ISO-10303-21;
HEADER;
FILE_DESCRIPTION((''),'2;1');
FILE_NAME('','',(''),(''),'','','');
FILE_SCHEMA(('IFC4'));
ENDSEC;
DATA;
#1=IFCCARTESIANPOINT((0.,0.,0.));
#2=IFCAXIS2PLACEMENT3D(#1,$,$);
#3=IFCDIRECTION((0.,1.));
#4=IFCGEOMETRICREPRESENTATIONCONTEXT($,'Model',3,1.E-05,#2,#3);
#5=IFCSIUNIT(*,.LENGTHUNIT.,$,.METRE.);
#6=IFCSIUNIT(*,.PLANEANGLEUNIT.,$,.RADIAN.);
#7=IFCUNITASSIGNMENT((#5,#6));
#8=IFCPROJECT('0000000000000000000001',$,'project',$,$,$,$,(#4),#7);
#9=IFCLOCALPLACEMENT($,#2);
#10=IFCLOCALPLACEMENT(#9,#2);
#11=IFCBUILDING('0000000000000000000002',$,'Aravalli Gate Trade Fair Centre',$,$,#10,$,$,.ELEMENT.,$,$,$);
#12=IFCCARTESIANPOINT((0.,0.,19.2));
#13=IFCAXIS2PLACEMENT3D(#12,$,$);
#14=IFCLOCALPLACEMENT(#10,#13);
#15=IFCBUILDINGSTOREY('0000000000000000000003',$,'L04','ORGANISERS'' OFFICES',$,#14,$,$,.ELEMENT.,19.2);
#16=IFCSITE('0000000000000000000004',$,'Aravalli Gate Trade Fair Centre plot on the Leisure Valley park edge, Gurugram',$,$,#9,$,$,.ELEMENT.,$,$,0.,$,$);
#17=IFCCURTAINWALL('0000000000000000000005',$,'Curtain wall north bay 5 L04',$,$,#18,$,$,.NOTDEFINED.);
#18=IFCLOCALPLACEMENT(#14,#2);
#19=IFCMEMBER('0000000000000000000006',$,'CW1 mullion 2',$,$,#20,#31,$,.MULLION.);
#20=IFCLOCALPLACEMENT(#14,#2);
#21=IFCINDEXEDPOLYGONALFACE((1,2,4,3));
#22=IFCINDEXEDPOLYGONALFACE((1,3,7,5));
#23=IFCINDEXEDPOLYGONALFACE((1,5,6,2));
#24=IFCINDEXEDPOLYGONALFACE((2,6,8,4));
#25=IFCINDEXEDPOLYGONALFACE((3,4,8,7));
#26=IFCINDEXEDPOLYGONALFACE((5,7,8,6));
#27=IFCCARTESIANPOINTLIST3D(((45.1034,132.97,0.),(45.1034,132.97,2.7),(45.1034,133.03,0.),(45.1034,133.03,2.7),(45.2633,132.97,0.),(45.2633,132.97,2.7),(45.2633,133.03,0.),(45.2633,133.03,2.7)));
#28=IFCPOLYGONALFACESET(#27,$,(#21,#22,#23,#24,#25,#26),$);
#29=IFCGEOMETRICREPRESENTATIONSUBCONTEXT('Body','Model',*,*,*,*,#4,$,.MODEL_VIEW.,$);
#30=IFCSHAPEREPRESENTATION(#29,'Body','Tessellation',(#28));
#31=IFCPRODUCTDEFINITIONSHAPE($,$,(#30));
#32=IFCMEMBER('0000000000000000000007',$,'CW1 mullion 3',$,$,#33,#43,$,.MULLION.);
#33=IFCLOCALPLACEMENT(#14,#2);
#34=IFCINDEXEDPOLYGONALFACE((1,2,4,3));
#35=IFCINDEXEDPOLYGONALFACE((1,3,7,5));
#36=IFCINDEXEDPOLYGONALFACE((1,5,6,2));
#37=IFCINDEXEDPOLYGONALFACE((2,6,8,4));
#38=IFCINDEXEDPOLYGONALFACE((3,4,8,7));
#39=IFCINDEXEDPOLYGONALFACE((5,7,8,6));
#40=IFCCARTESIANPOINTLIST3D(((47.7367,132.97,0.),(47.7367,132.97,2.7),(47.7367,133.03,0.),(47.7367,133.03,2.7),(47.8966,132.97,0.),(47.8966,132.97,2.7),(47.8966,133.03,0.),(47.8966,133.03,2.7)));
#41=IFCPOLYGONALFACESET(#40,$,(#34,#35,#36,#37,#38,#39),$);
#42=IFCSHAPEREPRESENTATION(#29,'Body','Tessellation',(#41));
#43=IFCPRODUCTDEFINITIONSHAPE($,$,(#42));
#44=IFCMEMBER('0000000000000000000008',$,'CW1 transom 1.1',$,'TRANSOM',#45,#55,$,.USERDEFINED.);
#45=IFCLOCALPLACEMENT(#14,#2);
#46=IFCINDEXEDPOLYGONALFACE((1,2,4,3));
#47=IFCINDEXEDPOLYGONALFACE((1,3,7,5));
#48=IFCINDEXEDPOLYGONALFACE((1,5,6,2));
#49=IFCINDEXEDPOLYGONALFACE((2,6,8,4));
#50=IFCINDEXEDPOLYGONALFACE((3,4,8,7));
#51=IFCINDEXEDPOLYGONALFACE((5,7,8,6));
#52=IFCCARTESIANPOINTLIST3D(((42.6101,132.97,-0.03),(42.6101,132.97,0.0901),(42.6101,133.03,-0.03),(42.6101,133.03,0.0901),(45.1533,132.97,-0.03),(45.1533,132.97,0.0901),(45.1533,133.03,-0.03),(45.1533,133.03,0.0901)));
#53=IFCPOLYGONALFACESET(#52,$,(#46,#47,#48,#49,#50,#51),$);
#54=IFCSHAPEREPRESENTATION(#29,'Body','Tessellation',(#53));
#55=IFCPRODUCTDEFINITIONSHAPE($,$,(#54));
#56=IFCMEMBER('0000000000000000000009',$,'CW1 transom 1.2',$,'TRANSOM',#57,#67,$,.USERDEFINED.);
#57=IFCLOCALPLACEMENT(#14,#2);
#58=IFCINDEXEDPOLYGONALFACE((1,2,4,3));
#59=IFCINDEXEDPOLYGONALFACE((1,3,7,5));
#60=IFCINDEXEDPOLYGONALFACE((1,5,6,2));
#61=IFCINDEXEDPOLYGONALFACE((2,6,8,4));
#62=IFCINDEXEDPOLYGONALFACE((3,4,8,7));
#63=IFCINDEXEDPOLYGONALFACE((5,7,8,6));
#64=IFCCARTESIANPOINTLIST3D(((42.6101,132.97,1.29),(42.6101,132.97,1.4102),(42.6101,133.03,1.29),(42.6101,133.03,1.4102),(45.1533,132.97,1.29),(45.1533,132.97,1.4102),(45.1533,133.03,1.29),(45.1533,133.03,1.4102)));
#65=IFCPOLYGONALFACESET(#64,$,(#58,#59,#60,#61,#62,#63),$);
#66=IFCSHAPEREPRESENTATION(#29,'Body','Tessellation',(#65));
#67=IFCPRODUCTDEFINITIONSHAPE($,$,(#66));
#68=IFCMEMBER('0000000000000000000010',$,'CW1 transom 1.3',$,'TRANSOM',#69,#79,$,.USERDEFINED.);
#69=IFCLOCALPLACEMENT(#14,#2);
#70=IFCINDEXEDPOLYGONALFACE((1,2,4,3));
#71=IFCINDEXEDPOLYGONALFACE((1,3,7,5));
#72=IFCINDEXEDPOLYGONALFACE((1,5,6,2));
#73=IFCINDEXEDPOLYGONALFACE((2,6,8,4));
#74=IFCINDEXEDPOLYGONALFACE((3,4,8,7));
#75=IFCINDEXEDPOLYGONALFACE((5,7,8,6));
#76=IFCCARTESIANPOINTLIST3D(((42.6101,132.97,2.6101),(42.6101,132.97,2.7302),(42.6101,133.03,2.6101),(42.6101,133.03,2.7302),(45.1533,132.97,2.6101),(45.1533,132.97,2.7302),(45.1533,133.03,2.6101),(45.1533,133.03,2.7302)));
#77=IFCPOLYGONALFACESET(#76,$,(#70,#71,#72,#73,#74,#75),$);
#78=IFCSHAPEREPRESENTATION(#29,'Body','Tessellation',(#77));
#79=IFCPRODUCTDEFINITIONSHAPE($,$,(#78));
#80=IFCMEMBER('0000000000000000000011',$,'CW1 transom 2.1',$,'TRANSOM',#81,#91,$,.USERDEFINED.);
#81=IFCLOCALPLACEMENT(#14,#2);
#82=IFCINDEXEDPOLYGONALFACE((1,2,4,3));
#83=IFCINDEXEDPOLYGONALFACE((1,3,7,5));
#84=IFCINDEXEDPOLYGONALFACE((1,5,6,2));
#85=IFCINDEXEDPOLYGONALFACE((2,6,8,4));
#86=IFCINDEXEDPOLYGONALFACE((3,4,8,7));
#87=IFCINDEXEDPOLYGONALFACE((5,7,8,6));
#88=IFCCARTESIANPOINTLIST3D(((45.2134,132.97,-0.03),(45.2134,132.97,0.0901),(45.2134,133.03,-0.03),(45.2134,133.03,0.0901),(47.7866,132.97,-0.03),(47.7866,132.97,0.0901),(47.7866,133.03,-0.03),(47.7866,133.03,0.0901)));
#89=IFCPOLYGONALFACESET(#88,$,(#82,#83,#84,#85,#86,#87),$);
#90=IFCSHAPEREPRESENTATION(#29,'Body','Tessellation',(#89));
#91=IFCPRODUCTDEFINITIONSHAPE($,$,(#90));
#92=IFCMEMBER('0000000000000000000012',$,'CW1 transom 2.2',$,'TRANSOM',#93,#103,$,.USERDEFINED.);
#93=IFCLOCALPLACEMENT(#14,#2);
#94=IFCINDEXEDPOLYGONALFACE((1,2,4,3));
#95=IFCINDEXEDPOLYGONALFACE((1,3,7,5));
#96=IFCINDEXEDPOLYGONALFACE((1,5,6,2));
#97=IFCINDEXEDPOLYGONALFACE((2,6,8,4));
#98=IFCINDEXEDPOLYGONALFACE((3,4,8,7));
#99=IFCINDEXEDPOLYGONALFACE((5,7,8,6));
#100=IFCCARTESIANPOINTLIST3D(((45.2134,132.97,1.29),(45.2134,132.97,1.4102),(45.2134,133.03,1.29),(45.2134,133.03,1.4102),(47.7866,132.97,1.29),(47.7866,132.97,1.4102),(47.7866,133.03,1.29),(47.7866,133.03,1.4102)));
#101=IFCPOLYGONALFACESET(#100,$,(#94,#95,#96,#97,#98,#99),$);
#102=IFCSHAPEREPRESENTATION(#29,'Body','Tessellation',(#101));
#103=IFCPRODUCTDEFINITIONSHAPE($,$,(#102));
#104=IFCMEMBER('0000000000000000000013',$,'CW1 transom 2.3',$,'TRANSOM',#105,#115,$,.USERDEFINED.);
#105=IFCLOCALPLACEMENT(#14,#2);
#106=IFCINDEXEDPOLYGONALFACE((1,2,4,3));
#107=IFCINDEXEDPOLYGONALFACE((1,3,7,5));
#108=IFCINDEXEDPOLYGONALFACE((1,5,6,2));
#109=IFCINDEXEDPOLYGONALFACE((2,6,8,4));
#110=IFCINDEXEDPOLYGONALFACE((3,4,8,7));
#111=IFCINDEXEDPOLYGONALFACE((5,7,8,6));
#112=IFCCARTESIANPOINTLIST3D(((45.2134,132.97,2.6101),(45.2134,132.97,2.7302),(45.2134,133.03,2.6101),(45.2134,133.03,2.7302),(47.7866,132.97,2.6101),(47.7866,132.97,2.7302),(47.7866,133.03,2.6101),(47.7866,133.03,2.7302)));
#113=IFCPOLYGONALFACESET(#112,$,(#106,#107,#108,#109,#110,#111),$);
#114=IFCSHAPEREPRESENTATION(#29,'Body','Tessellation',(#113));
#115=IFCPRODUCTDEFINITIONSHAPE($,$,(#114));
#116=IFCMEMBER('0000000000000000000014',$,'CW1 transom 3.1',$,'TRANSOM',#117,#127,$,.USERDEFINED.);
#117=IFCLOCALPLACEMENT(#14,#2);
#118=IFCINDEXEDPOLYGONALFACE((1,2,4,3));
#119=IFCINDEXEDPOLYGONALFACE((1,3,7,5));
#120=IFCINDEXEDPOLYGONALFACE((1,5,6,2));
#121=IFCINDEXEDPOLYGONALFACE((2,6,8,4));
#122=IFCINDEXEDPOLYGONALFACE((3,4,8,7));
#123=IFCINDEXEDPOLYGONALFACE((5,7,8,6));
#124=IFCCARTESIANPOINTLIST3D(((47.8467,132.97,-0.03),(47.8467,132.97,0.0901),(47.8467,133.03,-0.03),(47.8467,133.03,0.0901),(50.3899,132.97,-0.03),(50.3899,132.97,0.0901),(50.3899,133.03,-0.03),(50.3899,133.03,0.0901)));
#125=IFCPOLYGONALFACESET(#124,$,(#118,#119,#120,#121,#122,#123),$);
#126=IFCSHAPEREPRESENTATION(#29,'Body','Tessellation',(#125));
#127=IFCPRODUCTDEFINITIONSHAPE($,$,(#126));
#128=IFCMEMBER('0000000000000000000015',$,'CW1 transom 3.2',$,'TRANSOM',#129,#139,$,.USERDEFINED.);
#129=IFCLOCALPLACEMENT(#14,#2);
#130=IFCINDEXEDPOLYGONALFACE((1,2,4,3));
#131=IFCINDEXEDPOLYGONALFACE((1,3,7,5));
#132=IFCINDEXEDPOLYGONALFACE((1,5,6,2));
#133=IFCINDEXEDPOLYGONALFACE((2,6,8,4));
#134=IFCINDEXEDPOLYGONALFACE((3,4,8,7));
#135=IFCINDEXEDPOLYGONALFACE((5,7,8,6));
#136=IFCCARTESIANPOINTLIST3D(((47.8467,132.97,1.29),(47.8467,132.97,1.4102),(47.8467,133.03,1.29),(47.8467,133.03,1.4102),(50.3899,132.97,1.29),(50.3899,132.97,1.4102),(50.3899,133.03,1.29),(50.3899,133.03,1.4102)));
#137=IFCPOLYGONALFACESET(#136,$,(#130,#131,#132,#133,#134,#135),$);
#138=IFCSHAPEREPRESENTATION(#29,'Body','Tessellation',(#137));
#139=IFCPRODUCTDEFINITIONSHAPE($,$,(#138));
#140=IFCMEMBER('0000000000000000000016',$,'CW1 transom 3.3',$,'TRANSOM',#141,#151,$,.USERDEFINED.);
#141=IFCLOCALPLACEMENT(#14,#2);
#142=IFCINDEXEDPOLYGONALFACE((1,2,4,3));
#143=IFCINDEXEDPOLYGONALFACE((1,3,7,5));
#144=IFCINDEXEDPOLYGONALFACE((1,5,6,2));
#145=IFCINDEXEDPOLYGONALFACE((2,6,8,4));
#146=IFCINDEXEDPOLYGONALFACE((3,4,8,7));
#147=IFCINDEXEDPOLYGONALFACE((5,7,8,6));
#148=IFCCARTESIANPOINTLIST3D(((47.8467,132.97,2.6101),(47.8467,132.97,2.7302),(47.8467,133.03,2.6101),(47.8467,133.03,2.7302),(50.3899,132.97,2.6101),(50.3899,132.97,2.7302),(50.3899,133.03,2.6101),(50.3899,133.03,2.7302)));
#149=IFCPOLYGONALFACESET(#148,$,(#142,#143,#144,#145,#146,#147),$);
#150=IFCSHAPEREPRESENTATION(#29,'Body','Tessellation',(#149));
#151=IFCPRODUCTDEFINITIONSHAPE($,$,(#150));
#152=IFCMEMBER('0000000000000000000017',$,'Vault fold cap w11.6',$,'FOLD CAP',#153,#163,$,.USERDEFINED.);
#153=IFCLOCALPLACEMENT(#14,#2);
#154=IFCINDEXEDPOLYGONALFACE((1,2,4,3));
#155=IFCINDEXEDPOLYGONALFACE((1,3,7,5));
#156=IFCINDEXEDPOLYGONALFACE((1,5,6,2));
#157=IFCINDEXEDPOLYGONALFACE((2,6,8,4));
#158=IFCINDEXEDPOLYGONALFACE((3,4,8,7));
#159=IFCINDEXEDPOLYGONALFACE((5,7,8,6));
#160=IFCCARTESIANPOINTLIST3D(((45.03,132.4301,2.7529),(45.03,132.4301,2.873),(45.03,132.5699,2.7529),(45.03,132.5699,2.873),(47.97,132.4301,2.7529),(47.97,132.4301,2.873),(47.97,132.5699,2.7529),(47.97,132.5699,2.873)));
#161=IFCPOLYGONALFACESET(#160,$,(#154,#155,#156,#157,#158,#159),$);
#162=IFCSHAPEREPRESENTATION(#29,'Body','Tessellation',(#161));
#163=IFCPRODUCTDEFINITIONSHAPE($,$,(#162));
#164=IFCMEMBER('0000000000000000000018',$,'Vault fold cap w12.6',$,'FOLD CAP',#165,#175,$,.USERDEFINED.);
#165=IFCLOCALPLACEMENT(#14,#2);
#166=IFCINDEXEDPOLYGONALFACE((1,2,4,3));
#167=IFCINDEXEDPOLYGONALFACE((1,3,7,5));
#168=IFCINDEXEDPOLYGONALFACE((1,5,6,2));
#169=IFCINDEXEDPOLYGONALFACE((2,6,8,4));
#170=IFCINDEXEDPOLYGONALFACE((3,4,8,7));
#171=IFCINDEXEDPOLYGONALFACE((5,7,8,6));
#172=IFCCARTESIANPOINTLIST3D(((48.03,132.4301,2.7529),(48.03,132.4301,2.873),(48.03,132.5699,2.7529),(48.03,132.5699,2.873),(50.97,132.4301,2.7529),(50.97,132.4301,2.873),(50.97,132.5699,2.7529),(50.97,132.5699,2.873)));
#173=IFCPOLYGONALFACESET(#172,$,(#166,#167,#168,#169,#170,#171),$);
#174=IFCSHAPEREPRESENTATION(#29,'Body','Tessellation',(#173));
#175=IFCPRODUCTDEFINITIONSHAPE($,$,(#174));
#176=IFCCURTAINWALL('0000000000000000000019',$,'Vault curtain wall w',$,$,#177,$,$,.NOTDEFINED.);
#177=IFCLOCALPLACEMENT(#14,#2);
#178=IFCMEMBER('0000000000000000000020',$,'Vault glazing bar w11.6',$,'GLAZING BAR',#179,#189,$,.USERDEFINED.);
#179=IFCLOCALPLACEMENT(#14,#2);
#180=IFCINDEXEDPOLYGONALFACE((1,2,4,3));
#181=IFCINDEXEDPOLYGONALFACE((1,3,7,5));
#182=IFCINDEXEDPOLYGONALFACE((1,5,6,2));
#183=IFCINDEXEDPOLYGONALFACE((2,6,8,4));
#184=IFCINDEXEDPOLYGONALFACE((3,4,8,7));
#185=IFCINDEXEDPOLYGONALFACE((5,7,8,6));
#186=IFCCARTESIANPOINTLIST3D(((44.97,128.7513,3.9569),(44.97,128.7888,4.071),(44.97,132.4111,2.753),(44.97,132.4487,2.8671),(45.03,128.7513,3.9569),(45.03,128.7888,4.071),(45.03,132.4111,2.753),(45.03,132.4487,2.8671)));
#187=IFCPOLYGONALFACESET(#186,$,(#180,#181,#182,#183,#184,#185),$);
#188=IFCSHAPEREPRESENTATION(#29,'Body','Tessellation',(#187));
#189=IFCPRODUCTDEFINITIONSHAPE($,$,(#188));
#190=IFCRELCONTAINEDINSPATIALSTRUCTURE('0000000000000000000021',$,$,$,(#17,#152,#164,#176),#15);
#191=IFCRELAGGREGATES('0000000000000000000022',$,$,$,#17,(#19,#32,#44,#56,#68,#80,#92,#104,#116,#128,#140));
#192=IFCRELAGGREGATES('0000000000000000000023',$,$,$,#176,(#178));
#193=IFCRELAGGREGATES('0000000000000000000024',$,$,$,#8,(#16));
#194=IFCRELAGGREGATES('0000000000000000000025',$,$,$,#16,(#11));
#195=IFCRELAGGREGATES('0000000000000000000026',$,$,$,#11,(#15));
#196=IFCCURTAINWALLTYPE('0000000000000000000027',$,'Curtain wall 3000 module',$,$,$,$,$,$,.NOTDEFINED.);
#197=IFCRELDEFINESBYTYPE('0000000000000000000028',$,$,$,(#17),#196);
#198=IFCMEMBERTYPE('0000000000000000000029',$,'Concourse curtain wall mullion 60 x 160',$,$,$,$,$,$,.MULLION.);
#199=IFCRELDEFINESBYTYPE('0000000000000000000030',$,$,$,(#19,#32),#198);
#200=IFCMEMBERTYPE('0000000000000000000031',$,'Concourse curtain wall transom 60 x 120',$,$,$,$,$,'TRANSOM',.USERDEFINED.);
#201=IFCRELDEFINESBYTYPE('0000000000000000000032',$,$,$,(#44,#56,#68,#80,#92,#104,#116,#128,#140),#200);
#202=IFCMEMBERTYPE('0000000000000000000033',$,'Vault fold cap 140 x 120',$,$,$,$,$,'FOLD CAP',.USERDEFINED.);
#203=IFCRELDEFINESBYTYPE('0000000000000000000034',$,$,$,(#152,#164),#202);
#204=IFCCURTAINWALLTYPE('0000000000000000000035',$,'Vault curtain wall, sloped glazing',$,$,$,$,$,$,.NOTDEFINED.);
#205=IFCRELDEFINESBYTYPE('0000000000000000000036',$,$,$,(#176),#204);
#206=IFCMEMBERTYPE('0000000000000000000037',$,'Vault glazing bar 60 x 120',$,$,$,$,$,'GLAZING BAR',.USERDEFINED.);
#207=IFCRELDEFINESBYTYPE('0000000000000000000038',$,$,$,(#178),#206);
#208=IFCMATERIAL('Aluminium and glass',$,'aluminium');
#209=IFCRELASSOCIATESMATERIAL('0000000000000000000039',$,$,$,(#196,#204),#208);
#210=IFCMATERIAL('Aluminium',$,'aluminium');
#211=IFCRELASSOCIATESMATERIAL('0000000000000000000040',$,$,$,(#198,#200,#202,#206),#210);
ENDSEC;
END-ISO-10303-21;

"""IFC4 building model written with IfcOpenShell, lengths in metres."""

from ifc_helpers import new_model, si_unit, direction, frame, origin, origin_2d, place, context, subcontext, project, spatial, rectangle, extrude, material, material_profile, profile_set, type_object, element, aggregate, save


model = new_model("IFC4")

# Units and contexts
model_context = context("Model", 3, precision=1e-05, world=origin(), true_north=direction((0.0, 1.0)))
body_context = subcontext(model_context, "Body", "Model", "MODEL_VIEW")
ifc_project = project(units=[si_unit("LENGTHUNIT", "METRE"), si_unit("PLANEANGLEUNIT", "RADIAN")], contexts=[model_context])

# Site, building, storey
site_placement = place(None, origin())
site = spatial("IfcSite", under=ifc_project, at=site_placement, Name="Aravalli Gate Trade Fair Centre plot on the Leisure Valley park edge, Gurugram", CompositionType="ELEMENT", RefElevation=0.0)
building_placement = place(site_placement, origin())
building = spatial("IfcBuilding", under=site, at=building_placement, Name="Aravalli Gate Trade Fair Centre", CompositionType="ELEMENT")
storey_placement = place(building_placement, frame((0.0, 0.0, 19.2)))
storey = spatial("IfcBuildingStorey", under=building, at=storey_placement, Name="L04", Description="ORGANISERS' OFFICES", CompositionType="ELEMENT", Elevation=19.2)

# Curtain wall, members
ifc_material_1 = material(Name="Aluminium and glass", Category="aluminium")
curtain_wall_type_1 = type_object("IfcCurtainWallType", Name="Curtain wall 3000 module", PredefinedType="NOTDEFINED", material=ifc_material_1)
curtain_wall_1_placement = place(storey_placement, origin())
curtain_wall_1 = element("IfcCurtainWall", 1, at=curtain_wall_1_placement, inside=storey, type_object=curtain_wall_type_1, Name="Curtain wall north bay 5 L04", PredefinedType="NOTDEFINED")
ifc_material_2 = material(Name="Aluminium", Category="aluminium")
ifc_material_profile_1 = material_profile(ifc_material_2, rectangle(XDim=0.0601, YDim=0.1599, at=origin_2d()), Name="Concourse curtain wall mullion 60 x 160")
ifc_profile_set_1 = profile_set([ifc_material_profile_1], Name="Aluminium")
member_type_1 = type_object("IfcMemberType", Name="Concourse curtain wall mullion 60 x 160", PredefinedType="MULLION", material=ifc_profile_set_1)
member_1_placement = place(storey_placement, frame((45.1833, 133.0, 0.0), z_axis=(0.0, 0.0, 1.0), x_axis=(0.0, 1.0, 0.0)))
member_1 = element("IfcMember", 2, at=member_1_placement, type_object=member_type_1, Name="CW1 mullion 2", PredefinedType="MULLION", context=body_context, shape_type="SweptSolid", body=[
    extrude(rectangle(XDim=0.0601, YDim=0.1599, at=origin_2d()), origin(), (0.0, 0.0, 1.0), 2.7),
])
member_2_placement = place(storey_placement, frame((47.8167, 133.0, 0.0), z_axis=(0.0, 0.0, 1.0), x_axis=(0.0, 1.0, 0.0)))
member_2 = element("IfcMember", 3, at=member_2_placement, type_object=member_type_1, Name="CW1 mullion 3", PredefinedType="MULLION", context=body_context, shape_type="SweptSolid", body=[
    extrude(rectangle(XDim=0.0601, YDim=0.1599, at=origin_2d()), origin(), (0.0, 0.0, 1.0), 2.7),
])
ifc_material_profile_2 = material_profile(ifc_material_2, rectangle(XDim=0.0601, YDim=0.1201, at=origin_2d()), Name="Concourse curtain wall transom 60 x 120")
ifc_profile_set_2 = profile_set([ifc_material_profile_2], Name="Aluminium")
member_type_2 = type_object("IfcMemberType", Name="Concourse curtain wall transom 60 x 120", ElementType="TRANSOM", PredefinedType="USERDEFINED", material=ifc_profile_set_2)
member_3_placement = place(storey_placement, frame((42.6101, 133.0, 0.03), z_axis=(1.0, 0.0, 0.0), x_axis=(0.0, 1.0, 0.0)))
member_3 = element("IfcMember", 4, at=member_3_placement, type_object=member_type_2, Name="CW1 transom 1.1", ObjectType="TRANSOM", PredefinedType="USERDEFINED", context=body_context, shape_type="SweptSolid", body=[
    extrude(rectangle(XDim=0.0601, YDim=0.1201, at=origin_2d()), origin(), (0.0, 0.0, 1.0), 2.5432),
])
member_4_placement = place(storey_placement, frame((42.6101, 133.0, 1.3501), z_axis=(1.0, 0.0, 0.0), x_axis=(0.0, 1.0, 0.0)))
member_4 = element("IfcMember", 5, at=member_4_placement, type_object=member_type_2, Name="CW1 transom 1.2", ObjectType="TRANSOM", PredefinedType="USERDEFINED", context=body_context, shape_type="SweptSolid", body=[
    extrude(rectangle(XDim=0.0601, YDim=0.1201, at=origin_2d()), origin(), (0.0, 0.0, 1.0), 2.5432),
])
member_5_placement = place(storey_placement, frame((42.6101, 133.0, 2.6702), z_axis=(1.0, 0.0, 0.0), x_axis=(0.0, 1.0, 0.0)))
member_5 = element("IfcMember", 6, at=member_5_placement, type_object=member_type_2, Name="CW1 transom 1.3", ObjectType="TRANSOM", PredefinedType="USERDEFINED", context=body_context, shape_type="SweptSolid", body=[
    extrude(rectangle(XDim=0.0601, YDim=0.1201, at=origin_2d()), origin(), (0.0, 0.0, 1.0), 2.5432),
])
member_6_placement = place(storey_placement, frame((45.2134, 133.0, 0.03), z_axis=(1.0, 0.0, 0.0), x_axis=(0.0, 1.0, 0.0)))
member_6 = element("IfcMember", 7, at=member_6_placement, type_object=member_type_2, Name="CW1 transom 2.1", ObjectType="TRANSOM", PredefinedType="USERDEFINED", context=body_context, shape_type="SweptSolid", body=[
    extrude(rectangle(XDim=0.0601, YDim=0.1201, at=origin_2d()), origin(), (0.0, 0.0, 1.0), 2.5732),
])
member_7_placement = place(storey_placement, frame((45.2134, 133.0, 1.3501), z_axis=(1.0, 0.0, 0.0), x_axis=(0.0, 1.0, 0.0)))
member_7 = element("IfcMember", 8, at=member_7_placement, type_object=member_type_2, Name="CW1 transom 2.2", ObjectType="TRANSOM", PredefinedType="USERDEFINED", context=body_context, shape_type="SweptSolid", body=[
    extrude(rectangle(XDim=0.0601, YDim=0.1201, at=origin_2d()), origin(), (0.0, 0.0, 1.0), 2.5732),
])
member_8_placement = place(storey_placement, frame((45.2134, 133.0, 2.6702), z_axis=(1.0, 0.0, 0.0), x_axis=(0.0, 1.0, 0.0)))
member_8 = element("IfcMember", 9, at=member_8_placement, type_object=member_type_2, Name="CW1 transom 2.3", ObjectType="TRANSOM", PredefinedType="USERDEFINED", context=body_context, shape_type="SweptSolid", body=[
    extrude(rectangle(XDim=0.0601, YDim=0.1201, at=origin_2d()), origin(), (0.0, 0.0, 1.0), 2.5732),
])
member_9_placement = place(storey_placement, frame((47.8467, 133.0, 0.03), z_axis=(1.0, 0.0, 0.0), x_axis=(0.0, 1.0, 0.0)))
member_9 = element("IfcMember", 10, at=member_9_placement, type_object=member_type_2, Name="CW1 transom 3.1", ObjectType="TRANSOM", PredefinedType="USERDEFINED", context=body_context, shape_type="SweptSolid", body=[
    extrude(rectangle(XDim=0.0601, YDim=0.1201, at=origin_2d()), origin(), (0.0, 0.0, 1.0), 2.5432),
])
member_10_placement = place(storey_placement, frame((47.8467, 133.0, 1.3501), z_axis=(1.0, 0.0, 0.0), x_axis=(0.0, 1.0, 0.0)))
member_10 = element("IfcMember", 11, at=member_10_placement, type_object=member_type_2, Name="CW1 transom 3.2", ObjectType="TRANSOM", PredefinedType="USERDEFINED", context=body_context, shape_type="SweptSolid", body=[
    extrude(rectangle(XDim=0.0601, YDim=0.1201, at=origin_2d()), origin(), (0.0, 0.0, 1.0), 2.5432),
])
member_11_placement = place(storey_placement, frame((47.8467, 133.0, 2.6702), z_axis=(1.0, 0.0, 0.0), x_axis=(0.0, 1.0, 0.0)))
member_11 = element("IfcMember", 12, at=member_11_placement, type_object=member_type_2, Name="CW1 transom 3.3", ObjectType="TRANSOM", PredefinedType="USERDEFINED", context=body_context, shape_type="SweptSolid", body=[
    extrude(rectangle(XDim=0.0601, YDim=0.1201, at=origin_2d()), origin(), (0.0, 0.0, 1.0), 2.5432),
])

# Members
ifc_material_profile_3 = material_profile(ifc_material_2, rectangle(XDim=0.1399, YDim=0.1201, at=origin_2d()), Name="Vault fold cap 140 x 120")
ifc_profile_set_3 = profile_set([ifc_material_profile_3], Name="Aluminium")
member_type_3 = type_object("IfcMemberType", Name="Vault fold cap 140 x 120", ElementType="FOLD CAP", PredefinedType="USERDEFINED", material=ifc_profile_set_3)
for number, where, z_axis, x_axis, name in (
    (13, (45.03, 132.5, 2.813), (1.0, 0.0, 0.0), (0.0, 1.0, 0.0), "Vault fold cap w11.6"),
    (14, (48.03, 132.5, 2.813), (1.0, 0.0, 0.0), (0.0, 1.0, 0.0), "Vault fold cap w12.6"),
):
    element("IfcMember", number, at=place(storey_placement, frame(where, z_axis=z_axis, x_axis=x_axis)), inside=storey, type_object=member_type_3, Name=name, ObjectType="FOLD CAP", PredefinedType="USERDEFINED", context=body_context, shape_type="SweptSolid", body=[
        extrude(rectangle(XDim=0.1399, YDim=0.1201, at=origin_2d()), origin(), (0.0, 0.0, 1.0), 2.9399),
    ])

# Curtain wall, member
curtain_wall_type_2 = type_object("IfcCurtainWallType", Name="Vault curtain wall, sloped glazing", PredefinedType="NOTDEFINED", material=ifc_material_1)
curtain_wall_2_placement = place(storey_placement, origin())
curtain_wall_2 = element("IfcCurtainWall", 15, at=curtain_wall_2_placement, inside=storey, type_object=curtain_wall_type_2, Name="Vault curtain wall w", PredefinedType="NOTDEFINED")
ifc_material_profile_4 = material_profile(ifc_material_2, rectangle(XDim=0.0601, YDim=0.1201, at=origin_2d()), Name="Vault glazing bar 60 x 120")
ifc_profile_set_4 = profile_set([ifc_material_profile_4], Name="Aluminium")
member_type_4 = type_object("IfcMemberType", Name="Vault glazing bar 60 x 120", ElementType="GLAZING BAR", PredefinedType="USERDEFINED", material=ifc_profile_set_4)
member_12_placement = place(storey_placement, frame((45.0, 128.77, 4.0139), z_axis=(0.0, 0.94993, -0.312461), x_axis=(-1.0, 0.0, 0.0)))
member_12 = element("IfcMember", 16, at=member_12_placement, type_object=member_type_4, Name="Vault glazing bar w11.6", ObjectType="GLAZING BAR", PredefinedType="USERDEFINED", context=body_context, shape_type="SweptSolid", body=[
    extrude(rectangle(XDim=0.0601, YDim=0.1201, at=origin_2d()), origin(), (0.0, 0.0, 1.0), 3.8528),
])

aggregate(curtain_wall_1, [member_1, member_2, member_3, member_4, member_5, member_6, member_7, member_8, member_9, member_10, member_11])
aggregate(curtain_wall_2, [member_12])

save(model, "model.ifc")
